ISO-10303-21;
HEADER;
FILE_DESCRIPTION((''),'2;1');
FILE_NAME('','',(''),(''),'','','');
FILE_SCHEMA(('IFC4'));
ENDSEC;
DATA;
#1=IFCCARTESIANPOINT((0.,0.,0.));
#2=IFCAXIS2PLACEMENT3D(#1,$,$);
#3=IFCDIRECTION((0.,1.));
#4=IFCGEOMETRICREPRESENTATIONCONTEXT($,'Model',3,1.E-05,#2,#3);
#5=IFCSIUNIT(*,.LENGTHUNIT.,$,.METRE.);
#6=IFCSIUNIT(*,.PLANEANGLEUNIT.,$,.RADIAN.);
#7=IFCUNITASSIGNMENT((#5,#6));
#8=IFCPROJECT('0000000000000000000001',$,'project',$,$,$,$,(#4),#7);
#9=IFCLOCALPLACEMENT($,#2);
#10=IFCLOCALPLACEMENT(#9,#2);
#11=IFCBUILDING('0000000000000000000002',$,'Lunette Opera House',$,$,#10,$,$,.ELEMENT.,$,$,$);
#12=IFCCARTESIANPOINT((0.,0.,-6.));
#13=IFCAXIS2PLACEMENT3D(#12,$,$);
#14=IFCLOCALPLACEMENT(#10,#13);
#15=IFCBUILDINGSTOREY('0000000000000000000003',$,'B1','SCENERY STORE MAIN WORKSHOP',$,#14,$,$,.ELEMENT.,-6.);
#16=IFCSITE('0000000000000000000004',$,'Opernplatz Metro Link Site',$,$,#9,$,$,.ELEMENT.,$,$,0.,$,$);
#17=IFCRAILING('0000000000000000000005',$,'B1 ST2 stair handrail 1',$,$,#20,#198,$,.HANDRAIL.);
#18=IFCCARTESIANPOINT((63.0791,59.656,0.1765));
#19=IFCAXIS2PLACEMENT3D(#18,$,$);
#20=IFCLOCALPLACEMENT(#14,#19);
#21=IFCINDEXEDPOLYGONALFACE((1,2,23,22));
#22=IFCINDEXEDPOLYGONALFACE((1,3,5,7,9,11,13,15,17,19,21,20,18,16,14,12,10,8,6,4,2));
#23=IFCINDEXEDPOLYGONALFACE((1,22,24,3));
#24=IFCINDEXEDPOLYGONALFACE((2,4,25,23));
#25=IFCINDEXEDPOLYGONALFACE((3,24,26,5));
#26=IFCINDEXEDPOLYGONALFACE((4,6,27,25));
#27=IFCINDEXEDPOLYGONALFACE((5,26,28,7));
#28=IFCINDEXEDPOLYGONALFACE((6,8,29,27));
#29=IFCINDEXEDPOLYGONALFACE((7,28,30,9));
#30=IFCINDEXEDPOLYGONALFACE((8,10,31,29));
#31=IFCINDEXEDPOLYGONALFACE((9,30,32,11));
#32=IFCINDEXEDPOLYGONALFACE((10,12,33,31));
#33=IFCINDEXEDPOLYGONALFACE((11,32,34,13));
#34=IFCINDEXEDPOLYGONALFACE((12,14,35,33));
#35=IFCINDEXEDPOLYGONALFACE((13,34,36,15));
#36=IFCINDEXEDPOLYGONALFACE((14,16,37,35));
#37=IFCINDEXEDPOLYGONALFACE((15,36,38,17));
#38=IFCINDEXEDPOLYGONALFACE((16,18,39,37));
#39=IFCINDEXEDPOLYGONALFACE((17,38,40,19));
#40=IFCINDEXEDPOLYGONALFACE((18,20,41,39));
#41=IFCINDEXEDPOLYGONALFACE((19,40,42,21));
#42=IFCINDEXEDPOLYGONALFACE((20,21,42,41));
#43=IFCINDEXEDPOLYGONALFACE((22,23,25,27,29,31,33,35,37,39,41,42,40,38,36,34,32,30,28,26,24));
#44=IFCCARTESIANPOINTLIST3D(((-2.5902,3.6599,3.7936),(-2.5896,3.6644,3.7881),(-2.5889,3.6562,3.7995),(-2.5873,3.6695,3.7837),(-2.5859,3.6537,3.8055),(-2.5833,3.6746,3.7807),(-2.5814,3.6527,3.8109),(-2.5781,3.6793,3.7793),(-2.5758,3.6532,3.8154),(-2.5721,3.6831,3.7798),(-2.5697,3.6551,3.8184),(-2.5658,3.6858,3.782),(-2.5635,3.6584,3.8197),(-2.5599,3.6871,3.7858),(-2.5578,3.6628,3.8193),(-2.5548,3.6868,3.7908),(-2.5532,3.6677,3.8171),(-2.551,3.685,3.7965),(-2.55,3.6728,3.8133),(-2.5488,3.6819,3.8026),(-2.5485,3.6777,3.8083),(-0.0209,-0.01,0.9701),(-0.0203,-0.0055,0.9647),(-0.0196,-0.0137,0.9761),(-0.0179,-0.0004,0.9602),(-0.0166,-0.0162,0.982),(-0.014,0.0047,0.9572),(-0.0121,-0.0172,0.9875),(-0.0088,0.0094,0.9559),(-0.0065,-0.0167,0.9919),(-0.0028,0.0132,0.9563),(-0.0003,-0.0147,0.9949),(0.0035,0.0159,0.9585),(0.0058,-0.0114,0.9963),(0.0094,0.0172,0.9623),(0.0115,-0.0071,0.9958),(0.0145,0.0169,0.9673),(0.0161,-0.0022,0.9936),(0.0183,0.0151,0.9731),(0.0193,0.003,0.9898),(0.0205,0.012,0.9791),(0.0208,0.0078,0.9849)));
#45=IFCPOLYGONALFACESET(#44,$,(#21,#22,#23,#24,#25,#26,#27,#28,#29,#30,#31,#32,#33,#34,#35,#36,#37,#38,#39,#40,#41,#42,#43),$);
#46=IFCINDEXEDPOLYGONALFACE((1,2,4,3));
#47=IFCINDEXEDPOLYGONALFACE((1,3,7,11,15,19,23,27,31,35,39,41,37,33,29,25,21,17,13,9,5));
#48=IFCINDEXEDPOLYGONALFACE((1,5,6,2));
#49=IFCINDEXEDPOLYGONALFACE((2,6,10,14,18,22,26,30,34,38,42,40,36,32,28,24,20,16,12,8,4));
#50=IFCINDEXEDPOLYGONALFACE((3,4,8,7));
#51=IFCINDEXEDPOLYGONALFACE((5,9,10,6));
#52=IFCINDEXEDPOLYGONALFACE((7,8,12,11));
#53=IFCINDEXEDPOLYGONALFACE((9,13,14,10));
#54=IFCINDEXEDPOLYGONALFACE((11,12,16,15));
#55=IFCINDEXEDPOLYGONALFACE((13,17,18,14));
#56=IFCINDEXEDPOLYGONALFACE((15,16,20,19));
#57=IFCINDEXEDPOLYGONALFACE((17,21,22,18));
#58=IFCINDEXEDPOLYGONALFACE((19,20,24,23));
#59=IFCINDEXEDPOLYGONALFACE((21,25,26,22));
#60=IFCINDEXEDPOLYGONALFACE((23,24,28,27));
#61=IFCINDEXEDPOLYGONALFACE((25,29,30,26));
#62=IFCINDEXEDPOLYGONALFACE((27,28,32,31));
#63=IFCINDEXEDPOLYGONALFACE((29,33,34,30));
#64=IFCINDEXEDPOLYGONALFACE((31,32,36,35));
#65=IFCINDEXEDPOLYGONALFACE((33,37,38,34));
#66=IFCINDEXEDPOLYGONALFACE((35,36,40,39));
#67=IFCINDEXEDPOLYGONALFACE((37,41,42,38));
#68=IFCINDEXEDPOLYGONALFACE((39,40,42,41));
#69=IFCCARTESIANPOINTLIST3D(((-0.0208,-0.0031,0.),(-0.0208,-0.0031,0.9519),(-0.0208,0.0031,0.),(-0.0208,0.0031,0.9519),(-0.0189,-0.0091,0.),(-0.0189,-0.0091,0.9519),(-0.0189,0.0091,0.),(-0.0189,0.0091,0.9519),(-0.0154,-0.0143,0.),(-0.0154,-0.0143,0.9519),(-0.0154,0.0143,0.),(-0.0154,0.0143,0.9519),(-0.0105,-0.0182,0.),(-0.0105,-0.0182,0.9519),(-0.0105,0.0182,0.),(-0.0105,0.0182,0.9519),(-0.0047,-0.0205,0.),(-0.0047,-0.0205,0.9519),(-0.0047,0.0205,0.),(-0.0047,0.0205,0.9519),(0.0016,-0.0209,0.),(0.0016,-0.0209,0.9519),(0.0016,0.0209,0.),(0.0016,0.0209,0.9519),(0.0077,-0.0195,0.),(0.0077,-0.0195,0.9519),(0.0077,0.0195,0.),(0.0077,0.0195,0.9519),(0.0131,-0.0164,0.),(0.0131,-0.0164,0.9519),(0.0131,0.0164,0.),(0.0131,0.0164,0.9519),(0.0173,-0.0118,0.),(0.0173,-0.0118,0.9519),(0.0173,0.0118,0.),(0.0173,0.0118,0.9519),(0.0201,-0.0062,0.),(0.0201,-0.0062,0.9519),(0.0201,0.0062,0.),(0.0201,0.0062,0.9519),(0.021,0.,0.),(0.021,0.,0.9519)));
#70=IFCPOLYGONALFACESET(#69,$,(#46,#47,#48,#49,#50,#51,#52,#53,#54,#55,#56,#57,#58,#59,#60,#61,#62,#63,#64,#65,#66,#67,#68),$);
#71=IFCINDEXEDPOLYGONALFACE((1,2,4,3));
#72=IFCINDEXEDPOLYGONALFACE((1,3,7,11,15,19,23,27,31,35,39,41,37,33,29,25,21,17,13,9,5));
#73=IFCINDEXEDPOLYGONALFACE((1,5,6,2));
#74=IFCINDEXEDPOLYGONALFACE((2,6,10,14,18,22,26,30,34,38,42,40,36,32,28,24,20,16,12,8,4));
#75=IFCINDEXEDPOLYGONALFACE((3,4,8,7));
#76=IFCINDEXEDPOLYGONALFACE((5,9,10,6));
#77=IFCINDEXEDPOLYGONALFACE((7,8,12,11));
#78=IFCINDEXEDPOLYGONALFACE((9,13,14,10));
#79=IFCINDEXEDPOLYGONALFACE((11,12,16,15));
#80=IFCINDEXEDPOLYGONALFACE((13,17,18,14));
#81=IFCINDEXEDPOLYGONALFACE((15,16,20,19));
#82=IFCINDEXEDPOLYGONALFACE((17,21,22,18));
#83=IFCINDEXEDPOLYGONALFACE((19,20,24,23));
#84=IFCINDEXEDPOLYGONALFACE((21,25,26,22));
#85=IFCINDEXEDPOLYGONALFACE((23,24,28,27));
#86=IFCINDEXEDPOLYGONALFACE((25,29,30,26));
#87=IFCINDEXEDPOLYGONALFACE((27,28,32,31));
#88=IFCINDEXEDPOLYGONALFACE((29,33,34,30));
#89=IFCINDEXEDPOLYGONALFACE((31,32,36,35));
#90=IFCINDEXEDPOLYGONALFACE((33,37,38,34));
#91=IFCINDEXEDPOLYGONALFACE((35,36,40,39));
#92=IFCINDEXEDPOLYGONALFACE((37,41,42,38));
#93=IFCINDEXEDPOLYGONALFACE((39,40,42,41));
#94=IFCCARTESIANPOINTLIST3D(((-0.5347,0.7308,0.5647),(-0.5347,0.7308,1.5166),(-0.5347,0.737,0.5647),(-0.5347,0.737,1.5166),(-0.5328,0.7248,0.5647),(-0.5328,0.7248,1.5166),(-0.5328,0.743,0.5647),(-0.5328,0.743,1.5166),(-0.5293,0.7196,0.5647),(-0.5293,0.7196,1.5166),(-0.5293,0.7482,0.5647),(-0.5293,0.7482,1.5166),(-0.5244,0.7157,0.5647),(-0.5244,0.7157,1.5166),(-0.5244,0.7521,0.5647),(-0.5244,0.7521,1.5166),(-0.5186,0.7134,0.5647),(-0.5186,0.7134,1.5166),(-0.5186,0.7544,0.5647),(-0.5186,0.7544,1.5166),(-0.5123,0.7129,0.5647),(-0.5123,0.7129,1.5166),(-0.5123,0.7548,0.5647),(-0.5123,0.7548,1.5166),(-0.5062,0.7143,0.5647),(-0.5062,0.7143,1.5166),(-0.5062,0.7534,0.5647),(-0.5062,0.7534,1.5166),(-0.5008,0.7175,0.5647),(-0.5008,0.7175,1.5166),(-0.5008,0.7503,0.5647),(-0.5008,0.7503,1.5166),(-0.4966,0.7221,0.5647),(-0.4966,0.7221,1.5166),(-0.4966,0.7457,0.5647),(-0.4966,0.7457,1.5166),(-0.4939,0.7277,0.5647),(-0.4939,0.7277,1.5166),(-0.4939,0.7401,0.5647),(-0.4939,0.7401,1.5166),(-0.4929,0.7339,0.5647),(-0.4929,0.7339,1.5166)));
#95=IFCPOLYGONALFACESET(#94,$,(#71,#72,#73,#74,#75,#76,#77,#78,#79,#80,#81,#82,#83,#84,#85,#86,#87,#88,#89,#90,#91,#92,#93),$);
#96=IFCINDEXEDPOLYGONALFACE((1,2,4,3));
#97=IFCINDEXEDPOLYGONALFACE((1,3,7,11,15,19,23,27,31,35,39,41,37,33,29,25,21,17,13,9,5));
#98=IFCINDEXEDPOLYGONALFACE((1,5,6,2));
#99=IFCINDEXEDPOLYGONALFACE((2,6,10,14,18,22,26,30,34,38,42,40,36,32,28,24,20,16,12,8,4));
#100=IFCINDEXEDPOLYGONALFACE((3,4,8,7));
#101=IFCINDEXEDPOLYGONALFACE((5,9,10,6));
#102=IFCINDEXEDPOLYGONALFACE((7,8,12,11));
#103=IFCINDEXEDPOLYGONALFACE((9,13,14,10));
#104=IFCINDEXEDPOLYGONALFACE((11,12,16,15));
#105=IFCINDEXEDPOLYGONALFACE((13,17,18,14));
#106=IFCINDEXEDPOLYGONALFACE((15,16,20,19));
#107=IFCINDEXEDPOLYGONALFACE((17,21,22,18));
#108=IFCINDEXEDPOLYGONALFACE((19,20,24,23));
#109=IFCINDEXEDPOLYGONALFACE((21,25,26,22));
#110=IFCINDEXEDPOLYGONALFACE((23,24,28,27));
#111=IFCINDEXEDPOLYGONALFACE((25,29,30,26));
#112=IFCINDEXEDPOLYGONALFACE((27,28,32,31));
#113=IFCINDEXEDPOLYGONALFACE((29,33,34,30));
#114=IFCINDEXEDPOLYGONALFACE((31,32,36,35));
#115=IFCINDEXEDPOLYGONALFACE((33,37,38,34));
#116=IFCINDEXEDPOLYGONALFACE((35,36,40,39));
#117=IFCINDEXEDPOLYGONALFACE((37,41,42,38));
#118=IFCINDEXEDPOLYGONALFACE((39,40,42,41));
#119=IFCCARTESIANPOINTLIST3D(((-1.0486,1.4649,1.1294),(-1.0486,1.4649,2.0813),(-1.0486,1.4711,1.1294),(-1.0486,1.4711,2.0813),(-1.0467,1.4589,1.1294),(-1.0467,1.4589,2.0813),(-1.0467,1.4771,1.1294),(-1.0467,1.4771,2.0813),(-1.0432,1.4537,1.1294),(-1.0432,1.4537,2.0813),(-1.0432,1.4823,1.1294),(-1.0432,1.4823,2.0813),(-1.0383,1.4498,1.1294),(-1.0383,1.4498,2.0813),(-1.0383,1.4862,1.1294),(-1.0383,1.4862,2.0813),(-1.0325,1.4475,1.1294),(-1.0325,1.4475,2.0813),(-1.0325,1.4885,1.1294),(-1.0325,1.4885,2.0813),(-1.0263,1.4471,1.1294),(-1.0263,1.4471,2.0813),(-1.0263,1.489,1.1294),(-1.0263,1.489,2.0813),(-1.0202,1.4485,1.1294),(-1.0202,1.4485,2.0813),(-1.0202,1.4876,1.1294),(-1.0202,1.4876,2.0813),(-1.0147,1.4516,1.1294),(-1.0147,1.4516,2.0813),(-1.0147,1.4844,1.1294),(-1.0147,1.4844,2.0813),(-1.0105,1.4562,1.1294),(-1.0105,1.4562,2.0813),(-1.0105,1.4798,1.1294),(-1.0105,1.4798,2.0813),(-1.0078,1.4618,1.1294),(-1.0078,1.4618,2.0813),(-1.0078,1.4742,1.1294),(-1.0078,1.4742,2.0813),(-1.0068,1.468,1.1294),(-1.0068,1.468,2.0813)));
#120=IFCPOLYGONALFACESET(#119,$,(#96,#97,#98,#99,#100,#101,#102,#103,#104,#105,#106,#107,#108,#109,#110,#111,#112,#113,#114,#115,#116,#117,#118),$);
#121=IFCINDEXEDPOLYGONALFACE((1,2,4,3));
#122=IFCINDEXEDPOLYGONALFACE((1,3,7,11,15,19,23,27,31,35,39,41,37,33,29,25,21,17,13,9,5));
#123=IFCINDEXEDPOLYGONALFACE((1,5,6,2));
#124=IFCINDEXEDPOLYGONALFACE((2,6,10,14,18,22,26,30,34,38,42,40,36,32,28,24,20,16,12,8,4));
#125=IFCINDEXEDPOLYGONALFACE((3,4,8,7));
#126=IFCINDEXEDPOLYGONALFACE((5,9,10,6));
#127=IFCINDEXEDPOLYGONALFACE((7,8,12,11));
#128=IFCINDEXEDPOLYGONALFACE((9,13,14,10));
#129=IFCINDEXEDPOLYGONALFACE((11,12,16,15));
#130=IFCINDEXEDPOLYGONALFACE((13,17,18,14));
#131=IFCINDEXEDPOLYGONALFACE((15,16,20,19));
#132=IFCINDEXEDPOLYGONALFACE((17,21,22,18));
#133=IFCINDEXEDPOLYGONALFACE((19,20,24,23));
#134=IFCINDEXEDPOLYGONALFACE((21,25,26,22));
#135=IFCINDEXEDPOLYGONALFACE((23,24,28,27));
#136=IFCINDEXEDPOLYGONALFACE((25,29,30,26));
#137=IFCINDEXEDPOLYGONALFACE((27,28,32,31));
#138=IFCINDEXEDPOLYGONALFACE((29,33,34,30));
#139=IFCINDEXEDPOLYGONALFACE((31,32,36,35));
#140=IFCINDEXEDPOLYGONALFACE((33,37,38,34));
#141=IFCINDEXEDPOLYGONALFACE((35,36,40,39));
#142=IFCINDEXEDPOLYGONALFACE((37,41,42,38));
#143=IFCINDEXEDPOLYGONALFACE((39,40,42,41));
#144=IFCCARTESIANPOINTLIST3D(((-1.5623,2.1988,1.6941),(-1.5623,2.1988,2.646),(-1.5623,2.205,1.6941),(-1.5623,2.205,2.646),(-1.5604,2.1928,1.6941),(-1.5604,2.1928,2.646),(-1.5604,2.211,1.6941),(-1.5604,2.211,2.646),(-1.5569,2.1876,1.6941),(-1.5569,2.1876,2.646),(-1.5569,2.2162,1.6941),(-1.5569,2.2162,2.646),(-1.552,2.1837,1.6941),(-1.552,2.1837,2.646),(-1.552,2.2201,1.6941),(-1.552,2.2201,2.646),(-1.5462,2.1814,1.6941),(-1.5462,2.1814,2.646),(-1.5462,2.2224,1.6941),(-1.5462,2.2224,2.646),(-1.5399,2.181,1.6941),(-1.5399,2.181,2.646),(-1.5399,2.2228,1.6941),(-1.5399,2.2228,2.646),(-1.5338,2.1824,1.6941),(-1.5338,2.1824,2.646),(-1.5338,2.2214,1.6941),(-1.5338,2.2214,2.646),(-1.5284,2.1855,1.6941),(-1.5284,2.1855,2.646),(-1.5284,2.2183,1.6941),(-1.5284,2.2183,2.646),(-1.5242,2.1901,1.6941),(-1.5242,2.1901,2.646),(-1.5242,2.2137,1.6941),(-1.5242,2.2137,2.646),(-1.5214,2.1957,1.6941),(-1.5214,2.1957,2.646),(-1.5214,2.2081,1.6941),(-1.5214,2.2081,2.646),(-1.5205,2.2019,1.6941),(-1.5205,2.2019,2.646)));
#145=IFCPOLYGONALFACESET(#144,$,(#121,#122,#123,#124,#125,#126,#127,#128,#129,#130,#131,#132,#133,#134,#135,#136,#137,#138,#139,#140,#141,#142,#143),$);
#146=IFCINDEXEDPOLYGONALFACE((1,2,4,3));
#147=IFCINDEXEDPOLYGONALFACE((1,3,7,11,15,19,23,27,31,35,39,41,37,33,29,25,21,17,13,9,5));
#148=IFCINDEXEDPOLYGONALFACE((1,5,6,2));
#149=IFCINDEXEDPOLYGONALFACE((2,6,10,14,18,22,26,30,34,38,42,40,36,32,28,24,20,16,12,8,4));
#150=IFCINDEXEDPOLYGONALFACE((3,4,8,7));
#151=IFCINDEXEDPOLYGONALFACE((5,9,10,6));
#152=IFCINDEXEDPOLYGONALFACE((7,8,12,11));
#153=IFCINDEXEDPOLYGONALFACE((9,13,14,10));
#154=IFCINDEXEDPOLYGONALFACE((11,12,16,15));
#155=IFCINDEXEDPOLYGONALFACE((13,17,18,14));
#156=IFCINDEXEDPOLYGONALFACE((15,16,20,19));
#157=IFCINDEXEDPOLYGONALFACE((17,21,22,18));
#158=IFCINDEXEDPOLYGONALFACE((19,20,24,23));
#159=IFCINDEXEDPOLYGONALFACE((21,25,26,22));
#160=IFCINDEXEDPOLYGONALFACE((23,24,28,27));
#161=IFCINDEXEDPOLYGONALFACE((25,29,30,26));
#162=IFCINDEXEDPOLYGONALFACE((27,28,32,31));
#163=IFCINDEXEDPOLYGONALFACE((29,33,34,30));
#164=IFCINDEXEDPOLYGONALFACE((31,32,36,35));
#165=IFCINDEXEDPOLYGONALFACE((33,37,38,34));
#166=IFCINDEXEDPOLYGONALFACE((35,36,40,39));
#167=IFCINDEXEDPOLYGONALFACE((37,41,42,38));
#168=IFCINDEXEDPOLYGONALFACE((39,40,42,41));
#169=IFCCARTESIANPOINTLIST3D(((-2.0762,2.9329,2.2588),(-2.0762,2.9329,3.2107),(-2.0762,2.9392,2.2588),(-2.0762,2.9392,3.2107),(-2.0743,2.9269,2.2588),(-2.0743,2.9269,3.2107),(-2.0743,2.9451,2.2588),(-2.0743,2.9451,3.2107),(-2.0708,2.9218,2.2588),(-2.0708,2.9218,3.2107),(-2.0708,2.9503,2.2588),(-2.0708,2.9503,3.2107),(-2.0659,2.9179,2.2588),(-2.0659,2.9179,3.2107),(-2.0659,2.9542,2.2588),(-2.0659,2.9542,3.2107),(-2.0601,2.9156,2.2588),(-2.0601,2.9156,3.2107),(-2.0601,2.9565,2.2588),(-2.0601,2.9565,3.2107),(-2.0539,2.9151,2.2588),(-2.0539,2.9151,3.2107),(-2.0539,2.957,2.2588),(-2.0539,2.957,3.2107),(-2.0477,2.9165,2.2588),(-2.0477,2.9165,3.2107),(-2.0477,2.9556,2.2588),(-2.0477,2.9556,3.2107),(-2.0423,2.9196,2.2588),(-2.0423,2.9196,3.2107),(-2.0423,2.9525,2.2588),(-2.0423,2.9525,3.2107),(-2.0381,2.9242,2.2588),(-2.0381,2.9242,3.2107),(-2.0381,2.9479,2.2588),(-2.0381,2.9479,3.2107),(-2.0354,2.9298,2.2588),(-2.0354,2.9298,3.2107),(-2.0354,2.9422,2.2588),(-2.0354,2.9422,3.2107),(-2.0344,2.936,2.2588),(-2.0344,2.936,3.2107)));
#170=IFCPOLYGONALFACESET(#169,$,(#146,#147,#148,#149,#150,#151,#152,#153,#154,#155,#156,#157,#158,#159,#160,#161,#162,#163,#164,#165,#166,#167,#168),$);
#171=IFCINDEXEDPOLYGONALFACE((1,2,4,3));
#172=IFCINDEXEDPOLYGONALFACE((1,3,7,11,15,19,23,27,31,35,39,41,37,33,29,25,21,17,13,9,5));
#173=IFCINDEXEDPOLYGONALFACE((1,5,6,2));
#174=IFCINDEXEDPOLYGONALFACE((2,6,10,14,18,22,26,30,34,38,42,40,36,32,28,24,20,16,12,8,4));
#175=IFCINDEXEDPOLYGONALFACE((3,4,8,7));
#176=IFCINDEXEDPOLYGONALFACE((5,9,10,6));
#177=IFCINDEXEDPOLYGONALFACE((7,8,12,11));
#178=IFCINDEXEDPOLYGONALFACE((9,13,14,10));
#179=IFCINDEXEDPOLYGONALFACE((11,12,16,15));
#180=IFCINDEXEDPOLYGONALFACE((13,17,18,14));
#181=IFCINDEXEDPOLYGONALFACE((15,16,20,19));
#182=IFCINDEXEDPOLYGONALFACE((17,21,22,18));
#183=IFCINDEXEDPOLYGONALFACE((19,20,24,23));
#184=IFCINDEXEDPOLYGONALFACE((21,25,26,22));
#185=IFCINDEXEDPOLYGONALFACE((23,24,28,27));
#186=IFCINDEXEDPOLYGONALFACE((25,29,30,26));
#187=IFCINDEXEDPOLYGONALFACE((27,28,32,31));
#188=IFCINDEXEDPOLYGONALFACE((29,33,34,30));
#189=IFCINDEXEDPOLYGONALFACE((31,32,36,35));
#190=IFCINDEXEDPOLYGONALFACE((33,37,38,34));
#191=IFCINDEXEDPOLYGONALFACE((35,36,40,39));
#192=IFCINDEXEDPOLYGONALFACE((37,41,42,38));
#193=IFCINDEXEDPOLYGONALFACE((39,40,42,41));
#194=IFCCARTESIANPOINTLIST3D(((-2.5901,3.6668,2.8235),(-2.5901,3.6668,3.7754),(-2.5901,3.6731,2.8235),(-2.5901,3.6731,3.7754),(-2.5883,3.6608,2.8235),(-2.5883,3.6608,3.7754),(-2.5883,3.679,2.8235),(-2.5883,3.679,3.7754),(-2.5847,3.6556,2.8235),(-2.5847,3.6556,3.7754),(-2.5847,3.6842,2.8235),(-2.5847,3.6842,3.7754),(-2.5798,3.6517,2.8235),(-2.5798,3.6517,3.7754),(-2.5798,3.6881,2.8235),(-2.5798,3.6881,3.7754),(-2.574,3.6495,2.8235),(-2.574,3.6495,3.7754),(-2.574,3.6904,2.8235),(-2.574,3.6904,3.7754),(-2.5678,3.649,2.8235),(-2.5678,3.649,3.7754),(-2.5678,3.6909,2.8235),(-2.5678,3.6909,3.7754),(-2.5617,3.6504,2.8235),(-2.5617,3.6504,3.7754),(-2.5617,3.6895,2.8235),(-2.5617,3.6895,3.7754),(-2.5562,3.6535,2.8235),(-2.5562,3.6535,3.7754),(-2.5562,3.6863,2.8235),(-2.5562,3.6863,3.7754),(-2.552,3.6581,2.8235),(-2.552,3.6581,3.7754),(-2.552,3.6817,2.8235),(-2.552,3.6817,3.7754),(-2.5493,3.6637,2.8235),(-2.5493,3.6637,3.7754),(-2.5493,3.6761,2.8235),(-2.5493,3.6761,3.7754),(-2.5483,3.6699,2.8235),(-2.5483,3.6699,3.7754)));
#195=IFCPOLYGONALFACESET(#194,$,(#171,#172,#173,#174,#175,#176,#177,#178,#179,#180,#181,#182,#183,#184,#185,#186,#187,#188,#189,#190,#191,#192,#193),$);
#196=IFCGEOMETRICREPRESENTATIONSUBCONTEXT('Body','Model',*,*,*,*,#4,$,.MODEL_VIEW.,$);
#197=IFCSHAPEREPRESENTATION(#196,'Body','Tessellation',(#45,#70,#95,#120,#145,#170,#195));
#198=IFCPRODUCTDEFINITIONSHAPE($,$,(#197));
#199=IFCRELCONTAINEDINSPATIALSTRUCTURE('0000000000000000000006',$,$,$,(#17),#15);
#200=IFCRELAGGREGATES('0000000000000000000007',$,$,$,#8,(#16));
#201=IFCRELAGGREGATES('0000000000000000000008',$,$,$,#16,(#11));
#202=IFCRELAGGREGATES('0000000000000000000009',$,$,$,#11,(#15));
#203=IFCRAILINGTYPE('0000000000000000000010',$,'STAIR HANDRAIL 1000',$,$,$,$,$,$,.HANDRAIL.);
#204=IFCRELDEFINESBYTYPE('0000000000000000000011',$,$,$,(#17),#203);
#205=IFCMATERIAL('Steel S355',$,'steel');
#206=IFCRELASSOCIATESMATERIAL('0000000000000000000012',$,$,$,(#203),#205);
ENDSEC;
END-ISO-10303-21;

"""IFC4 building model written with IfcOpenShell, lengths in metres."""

from ifc_helpers import new_model, si_unit, direction, frame, origin, origin_2d, place, context, subcontext, project, spatial, circle, extrude, material, type_object, element, save


model = new_model("IFC4")

# Units and contexts
model_context = context("Model", 3, precision=1e-05, world=origin(), true_north=direction((0.0, 1.0)))
body_context = subcontext(model_context, "Body", "Model", "MODEL_VIEW")
ifc_project = project(units=[si_unit("LENGTHUNIT", "METRE"), si_unit("PLANEANGLEUNIT", "RADIAN")], contexts=[model_context])

# Site, building, storey
site_placement = place(None, origin())
site = spatial("IfcSite", under=ifc_project, at=site_placement, Name="Opernplatz Metro Link Site", CompositionType="ELEMENT", RefElevation=0.0)
building_placement = place(site_placement, origin())
building = spatial("IfcBuilding", under=site, at=building_placement, Name="Lunette Opera House", CompositionType="ELEMENT")
storey_placement = place(building_placement, frame((0.0, 0.0, -6.0)))
storey = spatial("IfcBuildingStorey", under=building, at=storey_placement, Name="B1", Description="SCENERY STORE MAIN WORKSHOP", CompositionType="ELEMENT", Elevation=-6.0)

# Railing
ifc_material_1 = material(Name="Steel S355", Category="steel")
railing_type_1 = type_object("IfcRailingType", Name="STAIR HANDRAIL 1000", PredefinedType="HANDRAIL", material=ifc_material_1)
railing_1_placement = place(storey_placement, frame((63.0791, 59.656, 0.1765)))
element("IfcRailing", 1, at=railing_1_placement, inside=storey, type_object=railing_type_1, Name="B1 ST2 stair handrail 1", PredefinedType="HANDRAIL", context=body_context, shape_type="SweptSolid", body=[
    extrude(circle(Radius=0.0239, at=origin_2d()), frame((0.0, 0.0, 0.9761), z_axis=(-0.485196, 0.693032, 0.53319), x_axis=(-0.819191, -0.573521, 0.0)), (0.0, 0.0, 1.0), 5.2954),
    extrude(circle(Radius=0.021, at=origin_2d()), origin(), (0.0, 0.0, 1.0), 0.9519),
    extrude(circle(Radius=0.021, at=origin_2d()), frame((-0.5139, 0.7339, 0.5647)), (0.0, 0.0, 1.0), 0.9519),
    extrude(circle(Radius=0.021, at=origin_2d()), frame((-1.0278, 1.468, 1.1294)), (0.0, 0.0, 1.0), 0.9519),
    extrude(circle(Radius=0.021, at=origin_2d()), frame((-1.5415, 2.2019, 1.6941)), (0.0, 0.0, 1.0), 0.9519),
    extrude(circle(Radius=0.021, at=origin_2d()), frame((-2.0554, 2.936, 2.2588)), (0.0, 0.0, 1.0), 0.9519),
    extrude(circle(Radius=0.021, at=origin_2d()), frame((-2.5693, 3.6699, 2.8235)), (0.0, 0.0, 1.0), 0.9519),
])

save(model, "model.ifc")
